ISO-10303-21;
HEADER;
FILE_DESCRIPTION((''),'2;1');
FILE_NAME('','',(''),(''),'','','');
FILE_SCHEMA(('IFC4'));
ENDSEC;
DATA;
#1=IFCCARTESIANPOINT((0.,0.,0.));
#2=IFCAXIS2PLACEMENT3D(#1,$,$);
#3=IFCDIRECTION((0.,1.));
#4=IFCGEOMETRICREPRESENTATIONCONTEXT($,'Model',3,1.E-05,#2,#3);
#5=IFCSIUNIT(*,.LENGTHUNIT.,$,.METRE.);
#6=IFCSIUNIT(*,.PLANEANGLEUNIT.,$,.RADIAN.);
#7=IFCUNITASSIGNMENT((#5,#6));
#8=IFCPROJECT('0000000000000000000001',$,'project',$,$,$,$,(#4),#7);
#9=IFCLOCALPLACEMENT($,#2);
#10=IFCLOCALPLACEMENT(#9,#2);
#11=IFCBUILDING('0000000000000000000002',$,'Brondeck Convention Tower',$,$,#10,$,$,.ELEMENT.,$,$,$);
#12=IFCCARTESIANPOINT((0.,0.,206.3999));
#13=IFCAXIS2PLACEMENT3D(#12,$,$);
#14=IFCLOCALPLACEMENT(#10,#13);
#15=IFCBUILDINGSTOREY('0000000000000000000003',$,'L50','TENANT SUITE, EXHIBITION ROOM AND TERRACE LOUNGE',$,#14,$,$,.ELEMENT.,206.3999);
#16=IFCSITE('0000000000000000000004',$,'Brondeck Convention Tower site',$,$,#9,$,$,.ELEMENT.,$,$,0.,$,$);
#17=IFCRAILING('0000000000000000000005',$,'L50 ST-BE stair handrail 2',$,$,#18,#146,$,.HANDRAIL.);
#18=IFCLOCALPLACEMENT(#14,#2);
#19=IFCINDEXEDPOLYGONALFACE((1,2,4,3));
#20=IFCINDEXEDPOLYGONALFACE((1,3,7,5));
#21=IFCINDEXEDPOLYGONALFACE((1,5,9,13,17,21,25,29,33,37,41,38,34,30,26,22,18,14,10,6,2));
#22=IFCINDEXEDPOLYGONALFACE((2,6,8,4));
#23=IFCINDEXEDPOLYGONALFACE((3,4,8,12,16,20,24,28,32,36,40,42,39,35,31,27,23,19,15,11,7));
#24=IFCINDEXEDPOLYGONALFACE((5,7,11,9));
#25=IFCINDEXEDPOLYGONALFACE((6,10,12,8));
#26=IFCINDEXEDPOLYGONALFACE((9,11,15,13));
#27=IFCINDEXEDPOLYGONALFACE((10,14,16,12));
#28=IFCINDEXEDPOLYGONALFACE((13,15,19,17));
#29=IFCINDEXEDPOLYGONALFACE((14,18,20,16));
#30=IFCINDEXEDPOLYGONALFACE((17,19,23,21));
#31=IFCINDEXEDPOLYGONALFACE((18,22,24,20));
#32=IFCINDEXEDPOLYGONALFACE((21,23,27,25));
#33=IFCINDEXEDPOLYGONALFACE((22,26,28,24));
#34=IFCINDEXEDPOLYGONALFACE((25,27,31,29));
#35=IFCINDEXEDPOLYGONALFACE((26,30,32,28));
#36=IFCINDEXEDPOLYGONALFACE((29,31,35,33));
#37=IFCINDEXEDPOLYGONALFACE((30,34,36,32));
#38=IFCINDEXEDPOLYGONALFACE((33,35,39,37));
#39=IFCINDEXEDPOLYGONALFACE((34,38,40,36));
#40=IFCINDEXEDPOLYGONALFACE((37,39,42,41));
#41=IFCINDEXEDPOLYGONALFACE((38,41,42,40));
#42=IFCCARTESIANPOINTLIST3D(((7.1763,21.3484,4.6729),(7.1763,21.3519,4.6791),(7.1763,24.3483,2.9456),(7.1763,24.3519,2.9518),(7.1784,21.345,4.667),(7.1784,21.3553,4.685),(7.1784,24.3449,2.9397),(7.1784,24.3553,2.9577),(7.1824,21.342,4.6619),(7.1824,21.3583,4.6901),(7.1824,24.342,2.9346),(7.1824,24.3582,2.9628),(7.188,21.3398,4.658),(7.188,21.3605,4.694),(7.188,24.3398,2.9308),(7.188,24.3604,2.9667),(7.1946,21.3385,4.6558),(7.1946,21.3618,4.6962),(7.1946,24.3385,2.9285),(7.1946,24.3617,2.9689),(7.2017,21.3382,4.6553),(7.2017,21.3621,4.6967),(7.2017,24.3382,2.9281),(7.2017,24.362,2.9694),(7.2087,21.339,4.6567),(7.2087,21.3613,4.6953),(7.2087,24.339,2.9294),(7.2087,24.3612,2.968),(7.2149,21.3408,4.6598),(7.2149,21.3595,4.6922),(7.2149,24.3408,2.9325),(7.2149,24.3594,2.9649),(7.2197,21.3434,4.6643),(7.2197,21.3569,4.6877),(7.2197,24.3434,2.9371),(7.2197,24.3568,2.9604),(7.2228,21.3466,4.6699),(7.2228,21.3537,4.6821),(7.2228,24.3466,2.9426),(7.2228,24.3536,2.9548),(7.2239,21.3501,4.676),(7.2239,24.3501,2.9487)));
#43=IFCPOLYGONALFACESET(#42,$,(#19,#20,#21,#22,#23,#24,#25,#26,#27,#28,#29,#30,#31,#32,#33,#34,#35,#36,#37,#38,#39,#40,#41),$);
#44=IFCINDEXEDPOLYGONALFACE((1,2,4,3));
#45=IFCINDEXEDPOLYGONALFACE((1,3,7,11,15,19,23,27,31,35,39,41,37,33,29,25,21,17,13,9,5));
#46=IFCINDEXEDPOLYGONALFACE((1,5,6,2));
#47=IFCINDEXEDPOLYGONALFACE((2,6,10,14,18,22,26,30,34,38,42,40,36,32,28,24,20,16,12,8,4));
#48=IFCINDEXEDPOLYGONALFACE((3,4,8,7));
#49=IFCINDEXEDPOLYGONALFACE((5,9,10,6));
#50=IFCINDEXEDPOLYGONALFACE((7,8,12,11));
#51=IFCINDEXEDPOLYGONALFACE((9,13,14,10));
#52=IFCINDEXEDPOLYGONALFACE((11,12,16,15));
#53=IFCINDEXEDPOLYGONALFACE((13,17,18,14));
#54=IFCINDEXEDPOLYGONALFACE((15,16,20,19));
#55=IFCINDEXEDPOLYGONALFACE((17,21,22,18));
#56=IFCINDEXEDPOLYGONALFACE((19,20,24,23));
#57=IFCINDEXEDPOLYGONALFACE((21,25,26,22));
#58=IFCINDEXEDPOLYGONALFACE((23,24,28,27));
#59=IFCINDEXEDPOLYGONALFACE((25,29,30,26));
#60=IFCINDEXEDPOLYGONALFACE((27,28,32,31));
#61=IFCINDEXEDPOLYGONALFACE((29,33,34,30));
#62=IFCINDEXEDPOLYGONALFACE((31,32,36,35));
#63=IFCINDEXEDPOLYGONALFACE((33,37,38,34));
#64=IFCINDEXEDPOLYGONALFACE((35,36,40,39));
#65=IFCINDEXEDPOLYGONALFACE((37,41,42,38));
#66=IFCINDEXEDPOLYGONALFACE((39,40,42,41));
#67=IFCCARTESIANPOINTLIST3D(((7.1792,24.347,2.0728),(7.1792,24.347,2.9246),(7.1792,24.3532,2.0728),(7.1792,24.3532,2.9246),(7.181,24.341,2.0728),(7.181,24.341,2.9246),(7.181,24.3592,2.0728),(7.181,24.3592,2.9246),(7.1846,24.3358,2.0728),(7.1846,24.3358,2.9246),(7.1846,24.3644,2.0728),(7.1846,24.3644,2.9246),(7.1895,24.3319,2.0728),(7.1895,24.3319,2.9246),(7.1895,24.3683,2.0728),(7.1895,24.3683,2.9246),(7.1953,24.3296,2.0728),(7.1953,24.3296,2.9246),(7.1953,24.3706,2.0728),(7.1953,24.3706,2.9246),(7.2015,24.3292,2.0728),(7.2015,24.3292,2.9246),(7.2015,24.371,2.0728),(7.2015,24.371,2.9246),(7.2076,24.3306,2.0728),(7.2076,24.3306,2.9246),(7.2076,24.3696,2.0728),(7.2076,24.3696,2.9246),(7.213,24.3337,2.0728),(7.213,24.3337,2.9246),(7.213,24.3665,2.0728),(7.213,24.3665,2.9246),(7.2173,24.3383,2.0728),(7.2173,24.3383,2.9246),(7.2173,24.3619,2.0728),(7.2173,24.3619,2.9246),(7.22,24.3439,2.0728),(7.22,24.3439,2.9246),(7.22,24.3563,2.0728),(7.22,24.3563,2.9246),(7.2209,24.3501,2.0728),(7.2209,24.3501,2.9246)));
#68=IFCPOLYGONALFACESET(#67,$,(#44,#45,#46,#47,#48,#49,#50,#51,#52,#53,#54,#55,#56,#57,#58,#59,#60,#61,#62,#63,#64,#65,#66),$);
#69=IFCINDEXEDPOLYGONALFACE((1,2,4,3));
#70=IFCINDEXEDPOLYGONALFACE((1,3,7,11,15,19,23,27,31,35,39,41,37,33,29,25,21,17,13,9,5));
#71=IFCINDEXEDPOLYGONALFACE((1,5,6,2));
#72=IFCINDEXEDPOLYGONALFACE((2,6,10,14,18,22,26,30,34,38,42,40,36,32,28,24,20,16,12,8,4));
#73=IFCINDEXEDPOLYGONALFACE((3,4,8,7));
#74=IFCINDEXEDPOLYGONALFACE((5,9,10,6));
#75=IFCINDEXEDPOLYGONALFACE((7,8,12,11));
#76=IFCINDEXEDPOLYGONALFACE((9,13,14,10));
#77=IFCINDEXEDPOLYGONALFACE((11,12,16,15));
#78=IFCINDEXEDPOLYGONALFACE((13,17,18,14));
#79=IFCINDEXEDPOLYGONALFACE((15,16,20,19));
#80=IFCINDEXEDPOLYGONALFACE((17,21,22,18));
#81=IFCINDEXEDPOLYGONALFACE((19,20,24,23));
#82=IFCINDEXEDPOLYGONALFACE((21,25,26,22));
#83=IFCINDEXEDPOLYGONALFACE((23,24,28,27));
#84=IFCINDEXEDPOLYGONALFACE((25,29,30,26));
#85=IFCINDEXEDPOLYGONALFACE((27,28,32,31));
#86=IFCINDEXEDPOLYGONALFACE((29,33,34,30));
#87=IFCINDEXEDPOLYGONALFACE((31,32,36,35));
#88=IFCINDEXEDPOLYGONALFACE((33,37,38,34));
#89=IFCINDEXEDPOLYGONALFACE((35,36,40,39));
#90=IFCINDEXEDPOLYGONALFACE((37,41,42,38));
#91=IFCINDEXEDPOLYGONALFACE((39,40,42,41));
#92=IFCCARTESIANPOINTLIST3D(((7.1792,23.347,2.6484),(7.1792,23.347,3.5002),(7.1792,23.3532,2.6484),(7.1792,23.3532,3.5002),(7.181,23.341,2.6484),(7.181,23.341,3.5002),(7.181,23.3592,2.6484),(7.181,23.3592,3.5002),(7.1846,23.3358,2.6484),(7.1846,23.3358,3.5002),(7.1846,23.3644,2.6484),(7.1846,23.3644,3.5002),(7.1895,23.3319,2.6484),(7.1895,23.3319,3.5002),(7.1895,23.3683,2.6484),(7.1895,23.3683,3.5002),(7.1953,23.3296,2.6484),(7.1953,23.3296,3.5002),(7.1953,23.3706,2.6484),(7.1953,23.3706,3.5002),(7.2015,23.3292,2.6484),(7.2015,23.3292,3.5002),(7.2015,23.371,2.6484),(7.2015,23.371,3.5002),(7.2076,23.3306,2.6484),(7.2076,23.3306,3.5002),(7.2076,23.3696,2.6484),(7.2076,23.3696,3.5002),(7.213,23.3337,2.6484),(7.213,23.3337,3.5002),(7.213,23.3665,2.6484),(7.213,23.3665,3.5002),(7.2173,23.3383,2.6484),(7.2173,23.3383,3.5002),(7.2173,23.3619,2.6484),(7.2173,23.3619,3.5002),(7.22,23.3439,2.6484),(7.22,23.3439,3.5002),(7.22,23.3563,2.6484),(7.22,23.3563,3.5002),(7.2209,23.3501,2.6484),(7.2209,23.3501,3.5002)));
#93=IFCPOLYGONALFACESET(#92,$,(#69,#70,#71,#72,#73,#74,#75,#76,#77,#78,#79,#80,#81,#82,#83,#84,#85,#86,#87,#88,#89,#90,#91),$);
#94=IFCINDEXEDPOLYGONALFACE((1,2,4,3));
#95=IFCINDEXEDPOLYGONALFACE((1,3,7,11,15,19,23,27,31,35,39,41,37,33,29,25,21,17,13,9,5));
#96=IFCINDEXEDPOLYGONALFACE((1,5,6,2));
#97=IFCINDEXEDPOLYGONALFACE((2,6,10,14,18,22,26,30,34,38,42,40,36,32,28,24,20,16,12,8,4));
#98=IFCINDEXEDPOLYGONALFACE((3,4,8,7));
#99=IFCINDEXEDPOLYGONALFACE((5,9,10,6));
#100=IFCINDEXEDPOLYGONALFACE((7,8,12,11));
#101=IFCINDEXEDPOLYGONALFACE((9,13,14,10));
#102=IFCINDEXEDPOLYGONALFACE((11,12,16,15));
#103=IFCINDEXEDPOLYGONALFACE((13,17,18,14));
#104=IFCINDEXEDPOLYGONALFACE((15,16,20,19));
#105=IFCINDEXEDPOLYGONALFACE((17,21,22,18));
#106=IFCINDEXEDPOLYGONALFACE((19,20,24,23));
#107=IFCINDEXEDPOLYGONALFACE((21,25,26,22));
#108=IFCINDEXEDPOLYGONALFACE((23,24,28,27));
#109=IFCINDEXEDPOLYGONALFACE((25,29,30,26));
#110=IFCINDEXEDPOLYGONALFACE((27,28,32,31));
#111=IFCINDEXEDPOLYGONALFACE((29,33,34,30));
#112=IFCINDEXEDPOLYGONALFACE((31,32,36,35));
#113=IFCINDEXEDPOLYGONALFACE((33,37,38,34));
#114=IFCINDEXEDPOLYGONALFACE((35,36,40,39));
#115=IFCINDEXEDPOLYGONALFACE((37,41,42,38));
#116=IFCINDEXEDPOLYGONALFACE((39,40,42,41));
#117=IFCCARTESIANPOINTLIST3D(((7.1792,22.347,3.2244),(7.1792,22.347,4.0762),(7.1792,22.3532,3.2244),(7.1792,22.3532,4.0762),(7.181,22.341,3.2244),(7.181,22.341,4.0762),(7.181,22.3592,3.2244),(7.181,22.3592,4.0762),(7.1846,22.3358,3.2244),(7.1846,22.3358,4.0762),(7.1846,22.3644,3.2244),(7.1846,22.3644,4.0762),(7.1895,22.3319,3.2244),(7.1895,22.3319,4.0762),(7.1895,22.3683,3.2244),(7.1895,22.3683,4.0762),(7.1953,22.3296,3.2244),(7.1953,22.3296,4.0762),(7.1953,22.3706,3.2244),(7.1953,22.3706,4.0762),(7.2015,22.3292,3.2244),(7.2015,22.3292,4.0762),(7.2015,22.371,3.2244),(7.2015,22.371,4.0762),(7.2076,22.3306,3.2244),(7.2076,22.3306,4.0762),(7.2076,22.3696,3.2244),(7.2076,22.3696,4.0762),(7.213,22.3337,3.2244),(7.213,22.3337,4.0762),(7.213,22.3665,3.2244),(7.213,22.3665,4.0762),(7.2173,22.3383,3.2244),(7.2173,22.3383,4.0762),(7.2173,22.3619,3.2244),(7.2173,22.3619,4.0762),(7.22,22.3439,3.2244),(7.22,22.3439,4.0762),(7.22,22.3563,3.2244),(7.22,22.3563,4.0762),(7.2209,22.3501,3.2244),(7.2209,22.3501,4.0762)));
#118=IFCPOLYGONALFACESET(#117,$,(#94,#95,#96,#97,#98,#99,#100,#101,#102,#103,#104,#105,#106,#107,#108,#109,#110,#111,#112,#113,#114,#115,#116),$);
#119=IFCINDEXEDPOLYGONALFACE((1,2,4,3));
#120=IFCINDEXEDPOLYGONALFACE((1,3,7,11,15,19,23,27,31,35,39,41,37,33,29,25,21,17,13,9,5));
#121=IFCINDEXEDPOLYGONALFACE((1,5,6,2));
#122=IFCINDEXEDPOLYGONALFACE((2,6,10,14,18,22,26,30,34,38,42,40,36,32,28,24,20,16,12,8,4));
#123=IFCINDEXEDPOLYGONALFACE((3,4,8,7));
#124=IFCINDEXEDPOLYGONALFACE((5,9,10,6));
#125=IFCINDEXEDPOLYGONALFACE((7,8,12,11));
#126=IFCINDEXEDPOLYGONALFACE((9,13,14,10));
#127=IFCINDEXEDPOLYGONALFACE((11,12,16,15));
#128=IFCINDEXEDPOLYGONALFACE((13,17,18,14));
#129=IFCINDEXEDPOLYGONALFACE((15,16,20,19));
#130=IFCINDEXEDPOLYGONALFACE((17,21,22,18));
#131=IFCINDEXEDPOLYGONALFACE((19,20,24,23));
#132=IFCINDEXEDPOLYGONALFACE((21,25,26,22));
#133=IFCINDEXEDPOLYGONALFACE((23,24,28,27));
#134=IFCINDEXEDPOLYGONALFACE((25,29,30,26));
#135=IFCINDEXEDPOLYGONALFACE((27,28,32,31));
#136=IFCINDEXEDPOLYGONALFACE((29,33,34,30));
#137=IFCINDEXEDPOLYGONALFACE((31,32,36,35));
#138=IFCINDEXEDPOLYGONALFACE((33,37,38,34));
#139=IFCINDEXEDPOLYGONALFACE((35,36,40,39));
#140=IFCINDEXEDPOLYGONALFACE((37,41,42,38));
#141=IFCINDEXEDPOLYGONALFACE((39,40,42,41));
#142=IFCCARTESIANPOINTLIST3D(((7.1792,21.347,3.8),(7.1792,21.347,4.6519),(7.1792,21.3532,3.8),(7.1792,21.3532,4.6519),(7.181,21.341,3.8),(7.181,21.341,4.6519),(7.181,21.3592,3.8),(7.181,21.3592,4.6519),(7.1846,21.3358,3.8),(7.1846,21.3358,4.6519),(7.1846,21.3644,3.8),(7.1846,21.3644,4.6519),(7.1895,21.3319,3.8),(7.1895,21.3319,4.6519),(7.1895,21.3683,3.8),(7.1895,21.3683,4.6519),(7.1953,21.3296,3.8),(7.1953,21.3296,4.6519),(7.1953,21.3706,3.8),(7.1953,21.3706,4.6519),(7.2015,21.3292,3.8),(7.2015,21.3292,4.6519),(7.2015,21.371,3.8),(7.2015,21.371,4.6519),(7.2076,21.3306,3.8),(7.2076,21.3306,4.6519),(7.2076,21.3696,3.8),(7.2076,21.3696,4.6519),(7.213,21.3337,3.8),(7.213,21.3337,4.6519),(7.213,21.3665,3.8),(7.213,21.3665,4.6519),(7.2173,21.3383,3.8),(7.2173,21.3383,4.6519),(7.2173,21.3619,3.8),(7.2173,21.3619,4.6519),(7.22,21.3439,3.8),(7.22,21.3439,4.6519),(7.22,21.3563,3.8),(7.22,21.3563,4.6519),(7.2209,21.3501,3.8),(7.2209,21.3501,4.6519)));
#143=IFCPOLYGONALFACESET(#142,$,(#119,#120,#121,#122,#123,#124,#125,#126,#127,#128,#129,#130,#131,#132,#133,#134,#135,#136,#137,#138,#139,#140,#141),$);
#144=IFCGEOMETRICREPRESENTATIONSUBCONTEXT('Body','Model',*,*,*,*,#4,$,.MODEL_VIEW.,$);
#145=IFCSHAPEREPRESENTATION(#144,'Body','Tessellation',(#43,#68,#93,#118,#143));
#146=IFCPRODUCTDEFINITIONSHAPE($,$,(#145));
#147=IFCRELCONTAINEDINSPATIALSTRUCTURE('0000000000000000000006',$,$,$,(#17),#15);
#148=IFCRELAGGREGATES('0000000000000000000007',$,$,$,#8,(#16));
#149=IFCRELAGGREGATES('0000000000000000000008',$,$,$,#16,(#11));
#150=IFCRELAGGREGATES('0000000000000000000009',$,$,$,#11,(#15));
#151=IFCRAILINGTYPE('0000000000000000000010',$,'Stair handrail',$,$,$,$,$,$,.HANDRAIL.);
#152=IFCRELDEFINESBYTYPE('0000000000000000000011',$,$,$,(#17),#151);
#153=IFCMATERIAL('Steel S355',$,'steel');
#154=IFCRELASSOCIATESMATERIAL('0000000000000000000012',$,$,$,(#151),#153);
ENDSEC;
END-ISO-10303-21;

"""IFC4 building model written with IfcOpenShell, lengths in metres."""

from ifc_helpers import new_model, si_unit, direction, frame, origin, origin_2d, place, context, subcontext, project, spatial, circle, extrude, material, type_object, element, save


model = new_model("IFC4")

# Units and contexts
model_context = context("Model", 3, precision=1e-05, world=origin(), true_north=direction((0.0, 1.0)))
body_context = subcontext(model_context, "Body", "Model", "MODEL_VIEW")
ifc_project = project(units=[si_unit("LENGTHUNIT", "METRE"), si_unit("PLANEANGLEUNIT", "RADIAN")], contexts=[model_context])

# Site, building, storey
site_placement = place(None, origin())
site = spatial("IfcSite", under=ifc_project, at=site_placement, Name="Brondeck Convention Tower site", CompositionType="ELEMENT", RefElevation=0.0)
building_placement = place(site_placement, origin())
building = spatial("IfcBuilding", under=site, at=building_placement, Name="Brondeck Convention Tower", CompositionType="ELEMENT")
storey_placement = place(building_placement, frame((0.0, 0.0, 206.3999)))
storey = spatial("IfcBuildingStorey", under=building, at=storey_placement, Name="L50", Description="TENANT SUITE, EXHIBITION ROOM AND TERRACE LOUNGE", CompositionType="ELEMENT", Elevation=206.3999)

# Shared definitions
ifc_material_1 = material(Name="Steel S355", Category="steel")

# Railing
railing_type_1 = type_object("IfcRailingType", Name="Stair handrail", PredefinedType="HANDRAIL", material=ifc_material_1)
railing_1_placement = place(storey_placement, frame((7.2, 24.3501, 2.0728)))
element("IfcRailing", 1, at=railing_1_placement, inside=storey, type_object=railing_type_1, Name="L50 ST-BE stair handrail 2", PredefinedType="HANDRAIL", context=body_context, shape_type="SweptSolid", body=[
    extrude(circle(Radius=0.0239, at=origin_2d()), frame((0.0, 0.0, 0.876), z_axis=(0.0, -0.86662, 0.498969), x_axis=(1.0, 0.0, 0.0)), (0.0, 0.0, 1.0), 3.4617),
    extrude(circle(Radius=0.021, at=origin_2d()), origin(), (0.0, 0.0, 1.0), 0.8518),
    extrude(circle(Radius=0.021, at=origin_2d()), frame((0.0, -1.0, 0.5757)), (0.0, 0.0, 1.0), 0.8518),
    extrude(circle(Radius=0.021, at=origin_2d()), frame((0.0, -2.0, 1.1516)), (0.0, 0.0, 1.0), 0.8518),
    extrude(circle(Radius=0.021, at=origin_2d()), frame((0.0, -3.0, 1.7273)), (0.0, 0.0, 1.0), 0.8518),
])

save(model, "model.ifc")
